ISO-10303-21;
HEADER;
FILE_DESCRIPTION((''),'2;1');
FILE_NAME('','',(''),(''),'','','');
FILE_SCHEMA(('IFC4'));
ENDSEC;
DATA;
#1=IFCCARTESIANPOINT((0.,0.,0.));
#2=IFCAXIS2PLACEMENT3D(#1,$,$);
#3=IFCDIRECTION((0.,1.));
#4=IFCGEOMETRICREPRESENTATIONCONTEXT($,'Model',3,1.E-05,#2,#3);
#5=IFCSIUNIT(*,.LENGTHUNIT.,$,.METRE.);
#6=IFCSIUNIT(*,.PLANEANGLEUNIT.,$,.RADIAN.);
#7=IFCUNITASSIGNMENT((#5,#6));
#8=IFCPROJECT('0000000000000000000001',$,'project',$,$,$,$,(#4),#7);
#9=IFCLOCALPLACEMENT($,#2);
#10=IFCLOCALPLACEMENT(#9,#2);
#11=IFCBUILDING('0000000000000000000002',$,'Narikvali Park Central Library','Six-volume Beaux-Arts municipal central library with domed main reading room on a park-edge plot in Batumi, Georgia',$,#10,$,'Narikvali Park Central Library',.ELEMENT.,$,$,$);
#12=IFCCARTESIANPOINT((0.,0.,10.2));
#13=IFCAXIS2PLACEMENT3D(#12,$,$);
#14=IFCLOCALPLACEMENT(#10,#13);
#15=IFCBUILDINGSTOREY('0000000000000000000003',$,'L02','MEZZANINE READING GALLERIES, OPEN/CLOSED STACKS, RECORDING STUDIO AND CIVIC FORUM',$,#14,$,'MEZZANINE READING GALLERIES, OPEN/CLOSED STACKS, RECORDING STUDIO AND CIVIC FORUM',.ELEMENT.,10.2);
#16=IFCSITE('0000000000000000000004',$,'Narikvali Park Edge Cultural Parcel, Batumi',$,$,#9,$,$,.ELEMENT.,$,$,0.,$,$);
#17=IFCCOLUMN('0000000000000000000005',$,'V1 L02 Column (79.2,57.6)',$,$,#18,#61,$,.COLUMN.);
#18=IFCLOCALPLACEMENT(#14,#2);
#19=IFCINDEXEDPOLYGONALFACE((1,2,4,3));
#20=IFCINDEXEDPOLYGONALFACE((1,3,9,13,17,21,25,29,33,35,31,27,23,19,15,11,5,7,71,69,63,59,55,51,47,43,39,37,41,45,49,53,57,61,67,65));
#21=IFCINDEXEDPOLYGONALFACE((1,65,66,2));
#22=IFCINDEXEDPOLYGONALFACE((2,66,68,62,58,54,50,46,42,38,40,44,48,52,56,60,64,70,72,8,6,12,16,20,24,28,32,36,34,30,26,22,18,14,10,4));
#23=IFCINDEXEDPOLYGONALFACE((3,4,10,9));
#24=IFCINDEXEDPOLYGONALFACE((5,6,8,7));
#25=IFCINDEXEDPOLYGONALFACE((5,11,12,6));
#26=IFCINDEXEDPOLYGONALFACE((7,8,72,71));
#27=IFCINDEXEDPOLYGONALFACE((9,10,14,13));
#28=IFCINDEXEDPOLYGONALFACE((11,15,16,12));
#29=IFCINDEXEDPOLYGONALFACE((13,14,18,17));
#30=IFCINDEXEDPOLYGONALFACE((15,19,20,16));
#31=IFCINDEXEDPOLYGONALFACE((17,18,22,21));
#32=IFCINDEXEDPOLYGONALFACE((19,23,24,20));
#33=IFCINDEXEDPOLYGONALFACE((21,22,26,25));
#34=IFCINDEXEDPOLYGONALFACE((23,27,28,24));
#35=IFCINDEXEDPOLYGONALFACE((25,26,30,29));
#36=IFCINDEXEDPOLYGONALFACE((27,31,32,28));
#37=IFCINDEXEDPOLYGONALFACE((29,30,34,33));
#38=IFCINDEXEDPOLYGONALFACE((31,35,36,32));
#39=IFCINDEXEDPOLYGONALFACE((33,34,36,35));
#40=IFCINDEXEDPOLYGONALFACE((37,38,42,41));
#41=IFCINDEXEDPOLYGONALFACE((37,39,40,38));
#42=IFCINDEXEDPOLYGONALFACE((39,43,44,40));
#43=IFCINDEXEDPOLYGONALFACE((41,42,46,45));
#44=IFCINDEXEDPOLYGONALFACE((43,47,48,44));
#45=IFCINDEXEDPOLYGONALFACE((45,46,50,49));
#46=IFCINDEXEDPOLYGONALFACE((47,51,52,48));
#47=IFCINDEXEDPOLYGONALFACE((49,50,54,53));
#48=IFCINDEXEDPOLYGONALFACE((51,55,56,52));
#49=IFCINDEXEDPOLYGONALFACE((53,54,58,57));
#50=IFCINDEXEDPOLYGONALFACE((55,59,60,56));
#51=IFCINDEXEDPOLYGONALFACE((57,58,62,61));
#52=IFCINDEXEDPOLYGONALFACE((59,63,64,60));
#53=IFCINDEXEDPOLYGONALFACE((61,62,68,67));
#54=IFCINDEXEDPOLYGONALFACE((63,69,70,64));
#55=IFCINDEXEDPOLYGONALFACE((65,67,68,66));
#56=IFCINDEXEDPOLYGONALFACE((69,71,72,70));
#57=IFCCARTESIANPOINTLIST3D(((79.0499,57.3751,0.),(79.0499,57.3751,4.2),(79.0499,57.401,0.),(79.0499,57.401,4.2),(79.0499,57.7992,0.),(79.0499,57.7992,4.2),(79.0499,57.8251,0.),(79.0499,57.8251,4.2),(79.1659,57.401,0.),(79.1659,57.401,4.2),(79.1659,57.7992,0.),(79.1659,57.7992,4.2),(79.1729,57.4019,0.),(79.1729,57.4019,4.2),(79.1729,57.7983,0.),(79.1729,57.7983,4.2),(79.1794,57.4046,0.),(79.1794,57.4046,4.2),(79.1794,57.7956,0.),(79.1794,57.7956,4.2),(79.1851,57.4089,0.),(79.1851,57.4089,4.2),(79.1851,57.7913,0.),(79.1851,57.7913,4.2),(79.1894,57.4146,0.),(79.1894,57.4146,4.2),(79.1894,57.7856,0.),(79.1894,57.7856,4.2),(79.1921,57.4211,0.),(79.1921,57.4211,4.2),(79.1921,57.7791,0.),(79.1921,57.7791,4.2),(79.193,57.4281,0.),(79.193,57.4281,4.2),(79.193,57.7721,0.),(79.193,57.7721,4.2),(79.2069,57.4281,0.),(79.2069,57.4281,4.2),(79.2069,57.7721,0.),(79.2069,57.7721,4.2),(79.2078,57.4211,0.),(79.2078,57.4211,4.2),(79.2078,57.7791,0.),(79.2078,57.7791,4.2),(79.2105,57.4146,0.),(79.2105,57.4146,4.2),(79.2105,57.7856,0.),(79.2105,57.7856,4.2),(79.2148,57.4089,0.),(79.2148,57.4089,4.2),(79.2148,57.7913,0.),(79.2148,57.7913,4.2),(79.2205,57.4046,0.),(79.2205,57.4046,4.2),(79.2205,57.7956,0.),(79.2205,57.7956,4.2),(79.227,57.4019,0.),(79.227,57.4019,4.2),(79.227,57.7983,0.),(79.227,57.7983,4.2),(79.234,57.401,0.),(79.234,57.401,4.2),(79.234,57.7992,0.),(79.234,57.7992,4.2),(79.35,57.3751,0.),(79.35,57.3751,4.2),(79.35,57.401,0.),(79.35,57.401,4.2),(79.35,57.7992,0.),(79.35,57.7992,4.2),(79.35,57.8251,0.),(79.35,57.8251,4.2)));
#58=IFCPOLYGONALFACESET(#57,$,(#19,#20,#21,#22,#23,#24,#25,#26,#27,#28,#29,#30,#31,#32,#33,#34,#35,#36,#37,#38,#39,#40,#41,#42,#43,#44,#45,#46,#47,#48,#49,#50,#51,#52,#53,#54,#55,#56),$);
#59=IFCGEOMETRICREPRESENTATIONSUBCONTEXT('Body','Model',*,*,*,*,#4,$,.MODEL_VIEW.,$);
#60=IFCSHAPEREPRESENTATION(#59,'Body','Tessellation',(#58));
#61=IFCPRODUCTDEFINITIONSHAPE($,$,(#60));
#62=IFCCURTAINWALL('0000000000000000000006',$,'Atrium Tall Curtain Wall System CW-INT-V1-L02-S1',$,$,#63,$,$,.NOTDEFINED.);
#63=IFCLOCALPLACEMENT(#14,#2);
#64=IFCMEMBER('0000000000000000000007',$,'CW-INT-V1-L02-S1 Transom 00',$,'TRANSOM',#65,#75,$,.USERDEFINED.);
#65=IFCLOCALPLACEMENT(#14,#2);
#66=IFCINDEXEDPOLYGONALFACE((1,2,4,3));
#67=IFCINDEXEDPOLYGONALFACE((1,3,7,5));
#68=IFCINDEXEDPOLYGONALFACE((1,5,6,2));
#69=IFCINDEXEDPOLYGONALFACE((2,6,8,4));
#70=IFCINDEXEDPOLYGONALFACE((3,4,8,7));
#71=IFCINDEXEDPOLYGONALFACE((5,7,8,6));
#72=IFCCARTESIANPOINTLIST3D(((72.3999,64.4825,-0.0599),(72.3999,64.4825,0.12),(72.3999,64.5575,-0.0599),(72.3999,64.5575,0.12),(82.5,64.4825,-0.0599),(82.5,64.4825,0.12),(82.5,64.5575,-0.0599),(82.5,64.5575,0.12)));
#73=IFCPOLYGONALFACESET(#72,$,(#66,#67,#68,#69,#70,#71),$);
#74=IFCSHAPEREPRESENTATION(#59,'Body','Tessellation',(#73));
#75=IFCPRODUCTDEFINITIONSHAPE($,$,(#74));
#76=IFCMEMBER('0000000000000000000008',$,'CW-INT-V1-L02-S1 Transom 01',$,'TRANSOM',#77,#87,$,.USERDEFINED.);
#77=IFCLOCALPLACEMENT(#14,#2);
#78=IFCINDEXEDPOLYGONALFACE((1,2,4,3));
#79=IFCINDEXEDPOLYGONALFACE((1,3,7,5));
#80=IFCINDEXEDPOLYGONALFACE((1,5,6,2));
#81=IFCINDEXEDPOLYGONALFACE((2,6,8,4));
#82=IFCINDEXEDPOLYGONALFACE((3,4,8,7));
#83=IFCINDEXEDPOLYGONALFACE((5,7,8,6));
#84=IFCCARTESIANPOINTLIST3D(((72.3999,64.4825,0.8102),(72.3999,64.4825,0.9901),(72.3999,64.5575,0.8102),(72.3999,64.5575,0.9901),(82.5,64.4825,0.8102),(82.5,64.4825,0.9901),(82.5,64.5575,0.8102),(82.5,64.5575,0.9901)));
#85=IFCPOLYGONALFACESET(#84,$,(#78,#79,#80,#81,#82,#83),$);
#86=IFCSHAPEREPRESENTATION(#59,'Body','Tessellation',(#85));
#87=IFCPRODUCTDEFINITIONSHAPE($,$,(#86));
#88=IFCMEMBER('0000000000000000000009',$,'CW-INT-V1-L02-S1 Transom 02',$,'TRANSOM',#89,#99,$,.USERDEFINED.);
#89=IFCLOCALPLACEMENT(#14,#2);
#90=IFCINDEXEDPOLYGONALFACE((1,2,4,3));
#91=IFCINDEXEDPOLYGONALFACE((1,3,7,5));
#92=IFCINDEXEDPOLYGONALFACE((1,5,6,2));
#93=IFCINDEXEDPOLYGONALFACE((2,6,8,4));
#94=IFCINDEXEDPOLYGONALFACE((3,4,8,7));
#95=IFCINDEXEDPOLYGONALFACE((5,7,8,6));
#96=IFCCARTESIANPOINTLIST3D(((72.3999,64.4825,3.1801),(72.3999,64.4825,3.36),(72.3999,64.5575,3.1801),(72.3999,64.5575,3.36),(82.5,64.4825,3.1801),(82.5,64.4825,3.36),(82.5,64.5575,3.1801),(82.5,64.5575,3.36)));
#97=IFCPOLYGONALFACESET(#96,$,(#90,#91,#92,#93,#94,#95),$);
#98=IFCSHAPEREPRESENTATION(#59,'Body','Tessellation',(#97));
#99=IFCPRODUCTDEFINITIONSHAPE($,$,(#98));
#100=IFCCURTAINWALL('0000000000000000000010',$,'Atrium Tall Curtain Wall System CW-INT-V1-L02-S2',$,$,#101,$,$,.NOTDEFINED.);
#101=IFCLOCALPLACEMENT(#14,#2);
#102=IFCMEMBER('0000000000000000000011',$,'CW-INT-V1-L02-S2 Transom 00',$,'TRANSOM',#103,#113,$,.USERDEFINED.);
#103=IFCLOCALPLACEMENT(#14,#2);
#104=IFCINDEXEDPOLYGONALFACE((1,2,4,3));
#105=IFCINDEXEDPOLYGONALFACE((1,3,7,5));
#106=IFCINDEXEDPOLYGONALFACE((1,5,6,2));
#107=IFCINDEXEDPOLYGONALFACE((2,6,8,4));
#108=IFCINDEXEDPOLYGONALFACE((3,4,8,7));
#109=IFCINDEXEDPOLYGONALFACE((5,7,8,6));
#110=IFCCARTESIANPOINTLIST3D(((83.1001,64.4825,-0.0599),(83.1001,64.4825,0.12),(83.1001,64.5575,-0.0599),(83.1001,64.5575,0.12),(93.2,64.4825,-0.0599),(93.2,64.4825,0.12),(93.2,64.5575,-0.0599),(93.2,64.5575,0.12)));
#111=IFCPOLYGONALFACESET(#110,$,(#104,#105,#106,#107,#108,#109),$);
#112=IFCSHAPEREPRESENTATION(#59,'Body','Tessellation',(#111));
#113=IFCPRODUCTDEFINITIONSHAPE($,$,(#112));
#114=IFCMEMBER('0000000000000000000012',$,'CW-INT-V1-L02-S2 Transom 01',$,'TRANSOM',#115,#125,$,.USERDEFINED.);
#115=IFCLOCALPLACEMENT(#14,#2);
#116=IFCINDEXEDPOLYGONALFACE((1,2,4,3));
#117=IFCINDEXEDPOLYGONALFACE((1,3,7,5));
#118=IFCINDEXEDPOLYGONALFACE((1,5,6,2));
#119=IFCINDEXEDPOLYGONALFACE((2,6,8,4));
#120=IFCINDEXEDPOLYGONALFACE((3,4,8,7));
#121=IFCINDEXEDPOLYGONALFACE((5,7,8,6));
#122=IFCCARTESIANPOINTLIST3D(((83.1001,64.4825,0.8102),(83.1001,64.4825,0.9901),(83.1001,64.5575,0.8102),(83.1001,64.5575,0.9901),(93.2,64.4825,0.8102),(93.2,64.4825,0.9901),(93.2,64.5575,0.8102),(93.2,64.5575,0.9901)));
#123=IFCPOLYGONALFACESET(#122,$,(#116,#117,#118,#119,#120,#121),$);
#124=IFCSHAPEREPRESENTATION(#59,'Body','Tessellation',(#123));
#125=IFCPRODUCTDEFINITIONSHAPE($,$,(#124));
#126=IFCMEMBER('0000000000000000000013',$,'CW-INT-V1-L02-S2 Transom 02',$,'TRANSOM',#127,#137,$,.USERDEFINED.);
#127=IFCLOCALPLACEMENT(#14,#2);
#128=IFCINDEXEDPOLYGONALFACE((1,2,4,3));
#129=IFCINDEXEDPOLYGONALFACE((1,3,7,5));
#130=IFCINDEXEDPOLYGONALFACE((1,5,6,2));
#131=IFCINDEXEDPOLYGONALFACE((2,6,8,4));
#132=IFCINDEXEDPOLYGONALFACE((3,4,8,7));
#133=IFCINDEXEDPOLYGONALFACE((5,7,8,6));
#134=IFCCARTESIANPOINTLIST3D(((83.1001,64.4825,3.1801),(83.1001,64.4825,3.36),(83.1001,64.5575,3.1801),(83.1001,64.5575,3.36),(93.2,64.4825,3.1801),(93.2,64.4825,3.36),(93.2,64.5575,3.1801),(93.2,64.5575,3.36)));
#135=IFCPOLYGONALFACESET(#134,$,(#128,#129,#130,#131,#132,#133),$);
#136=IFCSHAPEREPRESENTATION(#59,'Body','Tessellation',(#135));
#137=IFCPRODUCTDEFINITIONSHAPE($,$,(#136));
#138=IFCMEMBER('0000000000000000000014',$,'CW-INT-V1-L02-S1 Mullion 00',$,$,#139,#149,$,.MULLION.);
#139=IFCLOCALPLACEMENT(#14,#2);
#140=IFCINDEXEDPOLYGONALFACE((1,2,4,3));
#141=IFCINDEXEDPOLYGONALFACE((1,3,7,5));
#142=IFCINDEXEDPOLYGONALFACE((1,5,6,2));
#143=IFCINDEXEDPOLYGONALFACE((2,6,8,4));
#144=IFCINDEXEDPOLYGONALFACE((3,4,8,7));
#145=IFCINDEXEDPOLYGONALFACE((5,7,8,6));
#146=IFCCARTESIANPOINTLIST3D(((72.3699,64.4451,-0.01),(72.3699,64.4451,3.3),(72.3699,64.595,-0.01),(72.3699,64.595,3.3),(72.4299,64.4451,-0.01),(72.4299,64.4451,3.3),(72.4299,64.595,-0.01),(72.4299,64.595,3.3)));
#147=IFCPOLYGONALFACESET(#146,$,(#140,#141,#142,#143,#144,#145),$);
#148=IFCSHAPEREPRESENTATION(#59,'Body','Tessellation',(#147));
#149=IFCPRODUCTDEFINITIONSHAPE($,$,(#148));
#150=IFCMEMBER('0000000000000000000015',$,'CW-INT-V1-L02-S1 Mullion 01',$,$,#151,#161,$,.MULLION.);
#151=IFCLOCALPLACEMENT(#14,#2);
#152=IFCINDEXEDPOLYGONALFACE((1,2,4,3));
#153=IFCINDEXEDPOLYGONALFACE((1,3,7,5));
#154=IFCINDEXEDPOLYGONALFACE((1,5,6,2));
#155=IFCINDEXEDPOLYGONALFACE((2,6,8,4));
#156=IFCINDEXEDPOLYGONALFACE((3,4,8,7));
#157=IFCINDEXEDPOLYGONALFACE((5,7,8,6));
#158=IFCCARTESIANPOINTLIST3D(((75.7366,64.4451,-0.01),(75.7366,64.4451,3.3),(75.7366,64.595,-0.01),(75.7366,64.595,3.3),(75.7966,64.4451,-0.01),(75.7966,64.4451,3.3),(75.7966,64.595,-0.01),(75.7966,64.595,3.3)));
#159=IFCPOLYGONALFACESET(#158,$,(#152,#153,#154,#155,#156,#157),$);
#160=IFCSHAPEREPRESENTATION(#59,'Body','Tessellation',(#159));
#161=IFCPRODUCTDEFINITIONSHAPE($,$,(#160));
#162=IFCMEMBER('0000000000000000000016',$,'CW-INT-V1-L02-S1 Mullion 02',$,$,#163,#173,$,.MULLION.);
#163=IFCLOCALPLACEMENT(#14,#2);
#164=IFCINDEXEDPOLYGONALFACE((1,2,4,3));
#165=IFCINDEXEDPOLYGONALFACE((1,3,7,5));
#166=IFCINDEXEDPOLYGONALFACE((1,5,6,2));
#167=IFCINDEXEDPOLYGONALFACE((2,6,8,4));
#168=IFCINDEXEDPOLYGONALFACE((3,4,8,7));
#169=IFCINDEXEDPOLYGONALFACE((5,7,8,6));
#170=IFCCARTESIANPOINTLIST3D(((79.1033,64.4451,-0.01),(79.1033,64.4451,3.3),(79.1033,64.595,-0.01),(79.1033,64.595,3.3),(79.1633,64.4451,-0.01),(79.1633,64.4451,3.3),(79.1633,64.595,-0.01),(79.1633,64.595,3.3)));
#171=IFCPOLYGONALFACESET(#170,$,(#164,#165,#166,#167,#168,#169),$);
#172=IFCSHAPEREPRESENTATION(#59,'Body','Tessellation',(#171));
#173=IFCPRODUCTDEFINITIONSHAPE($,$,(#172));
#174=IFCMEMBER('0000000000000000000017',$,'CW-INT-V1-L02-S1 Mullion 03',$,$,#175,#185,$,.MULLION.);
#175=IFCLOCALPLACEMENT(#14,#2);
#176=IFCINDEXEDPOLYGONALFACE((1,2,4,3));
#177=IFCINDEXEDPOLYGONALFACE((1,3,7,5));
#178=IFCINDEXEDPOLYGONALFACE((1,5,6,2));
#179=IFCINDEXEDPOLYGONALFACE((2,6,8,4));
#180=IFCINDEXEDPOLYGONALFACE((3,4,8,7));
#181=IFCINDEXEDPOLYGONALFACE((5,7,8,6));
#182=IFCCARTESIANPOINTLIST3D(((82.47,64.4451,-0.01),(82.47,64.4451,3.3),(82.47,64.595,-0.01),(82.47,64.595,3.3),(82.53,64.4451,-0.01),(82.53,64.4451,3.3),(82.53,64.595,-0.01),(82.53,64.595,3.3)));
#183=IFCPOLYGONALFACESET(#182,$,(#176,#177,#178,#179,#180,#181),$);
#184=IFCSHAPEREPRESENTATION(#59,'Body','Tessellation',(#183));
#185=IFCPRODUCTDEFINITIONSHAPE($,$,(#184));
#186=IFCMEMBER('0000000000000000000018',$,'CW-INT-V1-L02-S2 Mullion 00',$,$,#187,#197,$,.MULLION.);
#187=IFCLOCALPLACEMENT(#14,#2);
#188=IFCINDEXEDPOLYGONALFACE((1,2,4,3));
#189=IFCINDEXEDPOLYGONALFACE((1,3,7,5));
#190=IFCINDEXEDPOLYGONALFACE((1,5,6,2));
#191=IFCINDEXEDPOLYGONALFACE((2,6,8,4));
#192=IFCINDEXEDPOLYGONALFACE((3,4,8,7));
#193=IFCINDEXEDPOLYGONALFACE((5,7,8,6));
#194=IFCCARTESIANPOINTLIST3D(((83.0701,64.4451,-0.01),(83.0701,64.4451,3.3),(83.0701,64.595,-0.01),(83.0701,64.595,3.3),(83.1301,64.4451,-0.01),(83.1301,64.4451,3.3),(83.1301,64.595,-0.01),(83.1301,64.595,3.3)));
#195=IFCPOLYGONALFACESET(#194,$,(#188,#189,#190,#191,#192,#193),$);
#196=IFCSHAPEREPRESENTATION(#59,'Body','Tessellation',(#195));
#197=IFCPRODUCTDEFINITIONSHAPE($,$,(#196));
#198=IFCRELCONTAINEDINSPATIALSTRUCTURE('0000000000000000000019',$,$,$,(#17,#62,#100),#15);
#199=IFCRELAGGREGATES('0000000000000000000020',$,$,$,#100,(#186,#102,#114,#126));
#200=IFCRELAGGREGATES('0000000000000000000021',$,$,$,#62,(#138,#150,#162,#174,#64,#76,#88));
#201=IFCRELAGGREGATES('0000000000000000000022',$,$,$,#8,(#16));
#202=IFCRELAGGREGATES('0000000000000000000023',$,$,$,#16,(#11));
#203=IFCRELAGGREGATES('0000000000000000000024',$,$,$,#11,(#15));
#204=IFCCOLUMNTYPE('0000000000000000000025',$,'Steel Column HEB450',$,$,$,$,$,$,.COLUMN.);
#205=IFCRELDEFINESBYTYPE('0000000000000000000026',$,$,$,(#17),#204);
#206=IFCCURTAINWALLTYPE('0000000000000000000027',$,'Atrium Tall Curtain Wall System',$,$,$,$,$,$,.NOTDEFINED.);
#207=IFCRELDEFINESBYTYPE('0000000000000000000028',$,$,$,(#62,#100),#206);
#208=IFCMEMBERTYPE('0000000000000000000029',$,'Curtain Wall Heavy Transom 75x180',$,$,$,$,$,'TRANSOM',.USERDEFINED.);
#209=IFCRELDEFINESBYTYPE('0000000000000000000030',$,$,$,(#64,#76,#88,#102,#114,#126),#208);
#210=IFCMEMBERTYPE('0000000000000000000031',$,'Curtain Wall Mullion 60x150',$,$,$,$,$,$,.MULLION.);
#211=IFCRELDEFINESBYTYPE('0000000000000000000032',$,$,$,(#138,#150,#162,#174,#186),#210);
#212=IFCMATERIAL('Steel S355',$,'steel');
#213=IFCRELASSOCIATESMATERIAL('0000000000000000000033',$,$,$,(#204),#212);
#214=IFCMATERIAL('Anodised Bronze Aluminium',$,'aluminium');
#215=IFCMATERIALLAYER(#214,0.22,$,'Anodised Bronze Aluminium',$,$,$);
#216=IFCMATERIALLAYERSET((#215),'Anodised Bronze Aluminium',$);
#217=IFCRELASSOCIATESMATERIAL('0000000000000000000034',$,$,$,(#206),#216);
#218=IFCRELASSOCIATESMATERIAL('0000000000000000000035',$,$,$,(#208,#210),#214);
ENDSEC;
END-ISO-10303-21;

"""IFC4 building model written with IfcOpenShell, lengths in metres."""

from ifc_helpers import new_model, si_unit, direction, frame, origin, origin_2d, place, context, subcontext, project, spatial, rectangle, i_section, extrude, material, layer, layer_set, material_profile, profile_set, type_object, element, aggregate, save


model = new_model("IFC4")

# Units and contexts
model_context = context("Model", 3, precision=1e-05, world=origin(), true_north=direction((0.0, 1.0)))
body_context = subcontext(model_context, "Body", "Model", "MODEL_VIEW")
ifc_project = project(units=[si_unit("LENGTHUNIT", "METRE"), si_unit("PLANEANGLEUNIT", "RADIAN")], contexts=[model_context])

# Site, building, storey
site_placement = place(None, origin())
site = spatial("IfcSite", under=ifc_project, at=site_placement, Name="Narikvali Park Edge Cultural Parcel, Batumi", CompositionType="ELEMENT", RefElevation=0.0)
building_placement = place(site_placement, origin())
building = spatial("IfcBuilding", under=site, at=building_placement, Name="Narikvali Park Central Library", Description="Six-volume Beaux-Arts municipal central library with domed main reading room on a park-edge plot in Batumi, Georgia", LongName="Narikvali Park Central Library", CompositionType="ELEMENT")
storey_placement = place(building_placement, frame((0.0, 0.0, 10.2)))
storey = spatial("IfcBuildingStorey", under=building, at=storey_placement, Name="L02", Description="MEZZANINE READING GALLERIES, OPEN/CLOSED STACKS, RECORDING STUDIO AND CIVIC FORUM", LongName="MEZZANINE READING GALLERIES, OPEN/CLOSED STACKS, RECORDING STUDIO AND CIVIC FORUM", CompositionType="ELEMENT", Elevation=10.2)

# Column
ifc_material_1 = material(Name="Steel S355", Category="steel")
ifc_material_profile_1 = material_profile(ifc_material_1, i_section(OverallWidth=0.3, OverallDepth=0.45, WebThickness=0.0139, FlangeThickness=0.0259, FilletRadius=0.0271, at=origin_2d()), Name="HEB 450")
ifc_profile_set_1 = profile_set([ifc_material_profile_1], Name="Steel S355")
column_type = type_object("IfcColumnType", Name="Steel Column HEB450", PredefinedType="COLUMN", material=ifc_profile_set_1)
column_placement = place(storey_placement, frame((79.2, 57.6001, 0.0), z_axis=(0.0, 0.0, 1.0), x_axis=(1.0, 0.0, 0.0)))
element("IfcColumn", 1, at=column_placement, inside=storey, type_object=column_type, Name="V1 L02 Column (79.2,57.6)", PredefinedType="COLUMN", context=body_context, shape_type="SweptSolid", body=[
    extrude(i_section(OverallWidth=0.3, OverallDepth=0.45, WebThickness=0.0139, FlangeThickness=0.0259, FilletRadius=0.0271, at=origin_2d()), origin(), (0.0, 0.0, 1.0), 4.2),
])

# Curtain walls, members
ifc_material_2 = material(Name="Anodised Bronze Aluminium", Category="aluminium")
ifc_layer_1 = layer(ifc_material_2, 0.22, Name="Anodised Bronze Aluminium")
ifc_layer_set_1 = layer_set([ifc_layer_1], Name="Anodised Bronze Aluminium")
curtain_wall_type = type_object("IfcCurtainWallType", Name="Atrium Tall Curtain Wall System", PredefinedType="NOTDEFINED", material=ifc_layer_set_1)
curtain_wall_1_placement = place(storey_placement, origin())
curtain_wall_1 = element("IfcCurtainWall", 2, at=curtain_wall_1_placement, inside=storey, type_object=curtain_wall_type, Name="Atrium Tall Curtain Wall System CW-INT-V1-L02-S1", PredefinedType="NOTDEFINED")
ifc_material_profile_2 = material_profile(ifc_material_2, rectangle(XDim=0.075, YDim=0.1799, at=origin_2d()), Name="CW TRANSOM 75x180")
ifc_profile_set_2 = profile_set([ifc_material_profile_2], Name="Anodised Bronze Aluminium")
member_type_1 = type_object("IfcMemberType", Name="Curtain Wall Heavy Transom 75x180", ElementType="TRANSOM", PredefinedType="USERDEFINED", material=ifc_profile_set_2)
member_1_placement = place(storey_placement, frame((72.3999, 64.52, 0.03), z_axis=(1.0, 0.0, 0.0), x_axis=(0.0, 1.0, 0.0)))
member_1 = element("IfcMember", 3, at=member_1_placement, type_object=member_type_1, Name="CW-INT-V1-L02-S1 Transom 00", ObjectType="TRANSOM", PredefinedType="USERDEFINED", context=body_context, shape_type="SweptSolid", body=[
    extrude(rectangle(XDim=0.075, YDim=0.1799, at=origin_2d()), origin(), (0.0, 0.0, 1.0), 10.1001),
])
member_2_placement = place(storey_placement, frame((72.3999, 64.52, 0.9001), z_axis=(1.0, 0.0, 0.0), x_axis=(0.0, 1.0, 0.0)))
member_2 = element("IfcMember", 4, at=member_2_placement, type_object=member_type_1, Name="CW-INT-V1-L02-S1 Transom 01", ObjectType="TRANSOM", PredefinedType="USERDEFINED", context=body_context, shape_type="SweptSolid", body=[
    extrude(rectangle(XDim=0.075, YDim=0.1799, at=origin_2d()), origin(), (0.0, 0.0, 1.0), 10.1001),
])
member_3_placement = place(storey_placement, frame((72.3999, 64.52, 3.27), z_axis=(1.0, 0.0, 0.0), x_axis=(0.0, 1.0, 0.0)))
member_3 = element("IfcMember", 5, at=member_3_placement, type_object=member_type_1, Name="CW-INT-V1-L02-S1 Transom 02", ObjectType="TRANSOM", PredefinedType="USERDEFINED", context=body_context, shape_type="SweptSolid", body=[
    extrude(rectangle(XDim=0.075, YDim=0.1799, at=origin_2d()), origin(), (0.0, 0.0, 1.0), 10.1001),
])
curtain_wall_2_placement = place(storey_placement, origin())
curtain_wall_2 = element("IfcCurtainWall", 6, at=curtain_wall_2_placement, inside=storey, type_object=curtain_wall_type, Name="Atrium Tall Curtain Wall System CW-INT-V1-L02-S2", PredefinedType="NOTDEFINED")
member_4_placement = place(storey_placement, frame((83.1001, 64.52, 0.03), z_axis=(1.0, 0.0, 0.0), x_axis=(0.0, 1.0, 0.0)))
member_4 = element("IfcMember", 7, at=member_4_placement, type_object=member_type_1, Name="CW-INT-V1-L02-S2 Transom 00", ObjectType="TRANSOM", PredefinedType="USERDEFINED", context=body_context, shape_type="SweptSolid", body=[
    extrude(rectangle(XDim=0.075, YDim=0.1799, at=origin_2d()), origin(), (0.0, 0.0, 1.0), 10.0999),
])
member_5_placement = place(storey_placement, frame((83.1001, 64.52, 0.9001), z_axis=(1.0, 0.0, 0.0), x_axis=(0.0, 1.0, 0.0)))
member_5 = element("IfcMember", 8, at=member_5_placement, type_object=member_type_1, Name="CW-INT-V1-L02-S2 Transom 01", ObjectType="TRANSOM", PredefinedType="USERDEFINED", context=body_context, shape_type="SweptSolid", body=[
    extrude(rectangle(XDim=0.075, YDim=0.1799, at=origin_2d()), origin(), (0.0, 0.0, 1.0), 10.0999),
])
member_6_placement = place(storey_placement, frame((83.1001, 64.52, 3.27), z_axis=(1.0, 0.0, 0.0), x_axis=(0.0, 1.0, 0.0)))
member_6 = element("IfcMember", 9, at=member_6_placement, type_object=member_type_1, Name="CW-INT-V1-L02-S2 Transom 02", ObjectType="TRANSOM", PredefinedType="USERDEFINED", context=body_context, shape_type="SweptSolid", body=[
    extrude(rectangle(XDim=0.075, YDim=0.1799, at=origin_2d()), origin(), (0.0, 0.0, 1.0), 10.0999),
])

# Members
ifc_material_profile_3 = material_profile(ifc_material_2, rectangle(XDim=0.0601, YDim=0.1499, at=origin_2d()), Name="CW MULLION 60x150")
ifc_profile_set_3 = profile_set([ifc_material_profile_3], Name="Anodised Bronze Aluminium")
member_type_2 = type_object("IfcMemberType", Name="Curtain Wall Mullion 60x150", PredefinedType="MULLION", material=ifc_profile_set_3)
member_7_placement = place(storey_placement, frame((72.3999, 64.52, -0.01), z_axis=(0.0, 0.0, 1.0), x_axis=(1.0, 0.0, 0.0)))
member_7 = element("IfcMember", 10, at=member_7_placement, type_object=member_type_2, Name="CW-INT-V1-L02-S1 Mullion 00", PredefinedType="MULLION", context=body_context, shape_type="SweptSolid", body=[
    extrude(rectangle(XDim=0.0601, YDim=0.1499, at=origin_2d()), origin(), (0.0, 0.0, 1.0), 3.3101),
])
member_8_placement = place(storey_placement, frame((75.7666, 64.52, -0.01), z_axis=(0.0, 0.0, 1.0), x_axis=(1.0, 0.0, 0.0)))
member_8 = element("IfcMember", 11, at=member_8_placement, type_object=member_type_2, Name="CW-INT-V1-L02-S1 Mullion 01", PredefinedType="MULLION", context=body_context, shape_type="SweptSolid", body=[
    extrude(rectangle(XDim=0.0601, YDim=0.1499, at=origin_2d()), origin(), (0.0, 0.0, 1.0), 3.3101),
])
member_9_placement = place(storey_placement, frame((79.1333, 64.52, -0.01), z_axis=(0.0, 0.0, 1.0), x_axis=(1.0, 0.0, 0.0)))
member_9 = element("IfcMember", 12, at=member_9_placement, type_object=member_type_2, Name="CW-INT-V1-L02-S1 Mullion 02", PredefinedType="MULLION", context=body_context, shape_type="SweptSolid", body=[
    extrude(rectangle(XDim=0.0601, YDim=0.1499, at=origin_2d()), origin(), (0.0, 0.0, 1.0), 3.3101),
])
member_10_placement = place(storey_placement, frame((82.5, 64.52, -0.01), z_axis=(0.0, 0.0, 1.0), x_axis=(1.0, 0.0, 0.0)))
member_10 = element("IfcMember", 13, at=member_10_placement, type_object=member_type_2, Name="CW-INT-V1-L02-S1 Mullion 03", PredefinedType="MULLION", context=body_context, shape_type="SweptSolid", body=[
    extrude(rectangle(XDim=0.0601, YDim=0.1499, at=origin_2d()), origin(), (0.0, 0.0, 1.0), 3.3101),
])
member_11_placement = place(storey_placement, frame((83.1001, 64.52, -0.01), z_axis=(0.0, 0.0, 1.0), x_axis=(1.0, 0.0, 0.0)))
member_11 = element("IfcMember", 14, at=member_11_placement, type_object=member_type_2, Name="CW-INT-V1-L02-S2 Mullion 00", PredefinedType="MULLION", context=body_context, shape_type="SweptSolid", body=[
    extrude(rectangle(XDim=0.0601, YDim=0.1499, at=origin_2d()), origin(), (0.0, 0.0, 1.0), 3.3101),
])

aggregate(curtain_wall_2, [member_11, member_4, member_5, member_6])
aggregate(curtain_wall_1, [member_7, member_8, member_9, member_10, member_1, member_2, member_3])

save(model, "model.ifc")
